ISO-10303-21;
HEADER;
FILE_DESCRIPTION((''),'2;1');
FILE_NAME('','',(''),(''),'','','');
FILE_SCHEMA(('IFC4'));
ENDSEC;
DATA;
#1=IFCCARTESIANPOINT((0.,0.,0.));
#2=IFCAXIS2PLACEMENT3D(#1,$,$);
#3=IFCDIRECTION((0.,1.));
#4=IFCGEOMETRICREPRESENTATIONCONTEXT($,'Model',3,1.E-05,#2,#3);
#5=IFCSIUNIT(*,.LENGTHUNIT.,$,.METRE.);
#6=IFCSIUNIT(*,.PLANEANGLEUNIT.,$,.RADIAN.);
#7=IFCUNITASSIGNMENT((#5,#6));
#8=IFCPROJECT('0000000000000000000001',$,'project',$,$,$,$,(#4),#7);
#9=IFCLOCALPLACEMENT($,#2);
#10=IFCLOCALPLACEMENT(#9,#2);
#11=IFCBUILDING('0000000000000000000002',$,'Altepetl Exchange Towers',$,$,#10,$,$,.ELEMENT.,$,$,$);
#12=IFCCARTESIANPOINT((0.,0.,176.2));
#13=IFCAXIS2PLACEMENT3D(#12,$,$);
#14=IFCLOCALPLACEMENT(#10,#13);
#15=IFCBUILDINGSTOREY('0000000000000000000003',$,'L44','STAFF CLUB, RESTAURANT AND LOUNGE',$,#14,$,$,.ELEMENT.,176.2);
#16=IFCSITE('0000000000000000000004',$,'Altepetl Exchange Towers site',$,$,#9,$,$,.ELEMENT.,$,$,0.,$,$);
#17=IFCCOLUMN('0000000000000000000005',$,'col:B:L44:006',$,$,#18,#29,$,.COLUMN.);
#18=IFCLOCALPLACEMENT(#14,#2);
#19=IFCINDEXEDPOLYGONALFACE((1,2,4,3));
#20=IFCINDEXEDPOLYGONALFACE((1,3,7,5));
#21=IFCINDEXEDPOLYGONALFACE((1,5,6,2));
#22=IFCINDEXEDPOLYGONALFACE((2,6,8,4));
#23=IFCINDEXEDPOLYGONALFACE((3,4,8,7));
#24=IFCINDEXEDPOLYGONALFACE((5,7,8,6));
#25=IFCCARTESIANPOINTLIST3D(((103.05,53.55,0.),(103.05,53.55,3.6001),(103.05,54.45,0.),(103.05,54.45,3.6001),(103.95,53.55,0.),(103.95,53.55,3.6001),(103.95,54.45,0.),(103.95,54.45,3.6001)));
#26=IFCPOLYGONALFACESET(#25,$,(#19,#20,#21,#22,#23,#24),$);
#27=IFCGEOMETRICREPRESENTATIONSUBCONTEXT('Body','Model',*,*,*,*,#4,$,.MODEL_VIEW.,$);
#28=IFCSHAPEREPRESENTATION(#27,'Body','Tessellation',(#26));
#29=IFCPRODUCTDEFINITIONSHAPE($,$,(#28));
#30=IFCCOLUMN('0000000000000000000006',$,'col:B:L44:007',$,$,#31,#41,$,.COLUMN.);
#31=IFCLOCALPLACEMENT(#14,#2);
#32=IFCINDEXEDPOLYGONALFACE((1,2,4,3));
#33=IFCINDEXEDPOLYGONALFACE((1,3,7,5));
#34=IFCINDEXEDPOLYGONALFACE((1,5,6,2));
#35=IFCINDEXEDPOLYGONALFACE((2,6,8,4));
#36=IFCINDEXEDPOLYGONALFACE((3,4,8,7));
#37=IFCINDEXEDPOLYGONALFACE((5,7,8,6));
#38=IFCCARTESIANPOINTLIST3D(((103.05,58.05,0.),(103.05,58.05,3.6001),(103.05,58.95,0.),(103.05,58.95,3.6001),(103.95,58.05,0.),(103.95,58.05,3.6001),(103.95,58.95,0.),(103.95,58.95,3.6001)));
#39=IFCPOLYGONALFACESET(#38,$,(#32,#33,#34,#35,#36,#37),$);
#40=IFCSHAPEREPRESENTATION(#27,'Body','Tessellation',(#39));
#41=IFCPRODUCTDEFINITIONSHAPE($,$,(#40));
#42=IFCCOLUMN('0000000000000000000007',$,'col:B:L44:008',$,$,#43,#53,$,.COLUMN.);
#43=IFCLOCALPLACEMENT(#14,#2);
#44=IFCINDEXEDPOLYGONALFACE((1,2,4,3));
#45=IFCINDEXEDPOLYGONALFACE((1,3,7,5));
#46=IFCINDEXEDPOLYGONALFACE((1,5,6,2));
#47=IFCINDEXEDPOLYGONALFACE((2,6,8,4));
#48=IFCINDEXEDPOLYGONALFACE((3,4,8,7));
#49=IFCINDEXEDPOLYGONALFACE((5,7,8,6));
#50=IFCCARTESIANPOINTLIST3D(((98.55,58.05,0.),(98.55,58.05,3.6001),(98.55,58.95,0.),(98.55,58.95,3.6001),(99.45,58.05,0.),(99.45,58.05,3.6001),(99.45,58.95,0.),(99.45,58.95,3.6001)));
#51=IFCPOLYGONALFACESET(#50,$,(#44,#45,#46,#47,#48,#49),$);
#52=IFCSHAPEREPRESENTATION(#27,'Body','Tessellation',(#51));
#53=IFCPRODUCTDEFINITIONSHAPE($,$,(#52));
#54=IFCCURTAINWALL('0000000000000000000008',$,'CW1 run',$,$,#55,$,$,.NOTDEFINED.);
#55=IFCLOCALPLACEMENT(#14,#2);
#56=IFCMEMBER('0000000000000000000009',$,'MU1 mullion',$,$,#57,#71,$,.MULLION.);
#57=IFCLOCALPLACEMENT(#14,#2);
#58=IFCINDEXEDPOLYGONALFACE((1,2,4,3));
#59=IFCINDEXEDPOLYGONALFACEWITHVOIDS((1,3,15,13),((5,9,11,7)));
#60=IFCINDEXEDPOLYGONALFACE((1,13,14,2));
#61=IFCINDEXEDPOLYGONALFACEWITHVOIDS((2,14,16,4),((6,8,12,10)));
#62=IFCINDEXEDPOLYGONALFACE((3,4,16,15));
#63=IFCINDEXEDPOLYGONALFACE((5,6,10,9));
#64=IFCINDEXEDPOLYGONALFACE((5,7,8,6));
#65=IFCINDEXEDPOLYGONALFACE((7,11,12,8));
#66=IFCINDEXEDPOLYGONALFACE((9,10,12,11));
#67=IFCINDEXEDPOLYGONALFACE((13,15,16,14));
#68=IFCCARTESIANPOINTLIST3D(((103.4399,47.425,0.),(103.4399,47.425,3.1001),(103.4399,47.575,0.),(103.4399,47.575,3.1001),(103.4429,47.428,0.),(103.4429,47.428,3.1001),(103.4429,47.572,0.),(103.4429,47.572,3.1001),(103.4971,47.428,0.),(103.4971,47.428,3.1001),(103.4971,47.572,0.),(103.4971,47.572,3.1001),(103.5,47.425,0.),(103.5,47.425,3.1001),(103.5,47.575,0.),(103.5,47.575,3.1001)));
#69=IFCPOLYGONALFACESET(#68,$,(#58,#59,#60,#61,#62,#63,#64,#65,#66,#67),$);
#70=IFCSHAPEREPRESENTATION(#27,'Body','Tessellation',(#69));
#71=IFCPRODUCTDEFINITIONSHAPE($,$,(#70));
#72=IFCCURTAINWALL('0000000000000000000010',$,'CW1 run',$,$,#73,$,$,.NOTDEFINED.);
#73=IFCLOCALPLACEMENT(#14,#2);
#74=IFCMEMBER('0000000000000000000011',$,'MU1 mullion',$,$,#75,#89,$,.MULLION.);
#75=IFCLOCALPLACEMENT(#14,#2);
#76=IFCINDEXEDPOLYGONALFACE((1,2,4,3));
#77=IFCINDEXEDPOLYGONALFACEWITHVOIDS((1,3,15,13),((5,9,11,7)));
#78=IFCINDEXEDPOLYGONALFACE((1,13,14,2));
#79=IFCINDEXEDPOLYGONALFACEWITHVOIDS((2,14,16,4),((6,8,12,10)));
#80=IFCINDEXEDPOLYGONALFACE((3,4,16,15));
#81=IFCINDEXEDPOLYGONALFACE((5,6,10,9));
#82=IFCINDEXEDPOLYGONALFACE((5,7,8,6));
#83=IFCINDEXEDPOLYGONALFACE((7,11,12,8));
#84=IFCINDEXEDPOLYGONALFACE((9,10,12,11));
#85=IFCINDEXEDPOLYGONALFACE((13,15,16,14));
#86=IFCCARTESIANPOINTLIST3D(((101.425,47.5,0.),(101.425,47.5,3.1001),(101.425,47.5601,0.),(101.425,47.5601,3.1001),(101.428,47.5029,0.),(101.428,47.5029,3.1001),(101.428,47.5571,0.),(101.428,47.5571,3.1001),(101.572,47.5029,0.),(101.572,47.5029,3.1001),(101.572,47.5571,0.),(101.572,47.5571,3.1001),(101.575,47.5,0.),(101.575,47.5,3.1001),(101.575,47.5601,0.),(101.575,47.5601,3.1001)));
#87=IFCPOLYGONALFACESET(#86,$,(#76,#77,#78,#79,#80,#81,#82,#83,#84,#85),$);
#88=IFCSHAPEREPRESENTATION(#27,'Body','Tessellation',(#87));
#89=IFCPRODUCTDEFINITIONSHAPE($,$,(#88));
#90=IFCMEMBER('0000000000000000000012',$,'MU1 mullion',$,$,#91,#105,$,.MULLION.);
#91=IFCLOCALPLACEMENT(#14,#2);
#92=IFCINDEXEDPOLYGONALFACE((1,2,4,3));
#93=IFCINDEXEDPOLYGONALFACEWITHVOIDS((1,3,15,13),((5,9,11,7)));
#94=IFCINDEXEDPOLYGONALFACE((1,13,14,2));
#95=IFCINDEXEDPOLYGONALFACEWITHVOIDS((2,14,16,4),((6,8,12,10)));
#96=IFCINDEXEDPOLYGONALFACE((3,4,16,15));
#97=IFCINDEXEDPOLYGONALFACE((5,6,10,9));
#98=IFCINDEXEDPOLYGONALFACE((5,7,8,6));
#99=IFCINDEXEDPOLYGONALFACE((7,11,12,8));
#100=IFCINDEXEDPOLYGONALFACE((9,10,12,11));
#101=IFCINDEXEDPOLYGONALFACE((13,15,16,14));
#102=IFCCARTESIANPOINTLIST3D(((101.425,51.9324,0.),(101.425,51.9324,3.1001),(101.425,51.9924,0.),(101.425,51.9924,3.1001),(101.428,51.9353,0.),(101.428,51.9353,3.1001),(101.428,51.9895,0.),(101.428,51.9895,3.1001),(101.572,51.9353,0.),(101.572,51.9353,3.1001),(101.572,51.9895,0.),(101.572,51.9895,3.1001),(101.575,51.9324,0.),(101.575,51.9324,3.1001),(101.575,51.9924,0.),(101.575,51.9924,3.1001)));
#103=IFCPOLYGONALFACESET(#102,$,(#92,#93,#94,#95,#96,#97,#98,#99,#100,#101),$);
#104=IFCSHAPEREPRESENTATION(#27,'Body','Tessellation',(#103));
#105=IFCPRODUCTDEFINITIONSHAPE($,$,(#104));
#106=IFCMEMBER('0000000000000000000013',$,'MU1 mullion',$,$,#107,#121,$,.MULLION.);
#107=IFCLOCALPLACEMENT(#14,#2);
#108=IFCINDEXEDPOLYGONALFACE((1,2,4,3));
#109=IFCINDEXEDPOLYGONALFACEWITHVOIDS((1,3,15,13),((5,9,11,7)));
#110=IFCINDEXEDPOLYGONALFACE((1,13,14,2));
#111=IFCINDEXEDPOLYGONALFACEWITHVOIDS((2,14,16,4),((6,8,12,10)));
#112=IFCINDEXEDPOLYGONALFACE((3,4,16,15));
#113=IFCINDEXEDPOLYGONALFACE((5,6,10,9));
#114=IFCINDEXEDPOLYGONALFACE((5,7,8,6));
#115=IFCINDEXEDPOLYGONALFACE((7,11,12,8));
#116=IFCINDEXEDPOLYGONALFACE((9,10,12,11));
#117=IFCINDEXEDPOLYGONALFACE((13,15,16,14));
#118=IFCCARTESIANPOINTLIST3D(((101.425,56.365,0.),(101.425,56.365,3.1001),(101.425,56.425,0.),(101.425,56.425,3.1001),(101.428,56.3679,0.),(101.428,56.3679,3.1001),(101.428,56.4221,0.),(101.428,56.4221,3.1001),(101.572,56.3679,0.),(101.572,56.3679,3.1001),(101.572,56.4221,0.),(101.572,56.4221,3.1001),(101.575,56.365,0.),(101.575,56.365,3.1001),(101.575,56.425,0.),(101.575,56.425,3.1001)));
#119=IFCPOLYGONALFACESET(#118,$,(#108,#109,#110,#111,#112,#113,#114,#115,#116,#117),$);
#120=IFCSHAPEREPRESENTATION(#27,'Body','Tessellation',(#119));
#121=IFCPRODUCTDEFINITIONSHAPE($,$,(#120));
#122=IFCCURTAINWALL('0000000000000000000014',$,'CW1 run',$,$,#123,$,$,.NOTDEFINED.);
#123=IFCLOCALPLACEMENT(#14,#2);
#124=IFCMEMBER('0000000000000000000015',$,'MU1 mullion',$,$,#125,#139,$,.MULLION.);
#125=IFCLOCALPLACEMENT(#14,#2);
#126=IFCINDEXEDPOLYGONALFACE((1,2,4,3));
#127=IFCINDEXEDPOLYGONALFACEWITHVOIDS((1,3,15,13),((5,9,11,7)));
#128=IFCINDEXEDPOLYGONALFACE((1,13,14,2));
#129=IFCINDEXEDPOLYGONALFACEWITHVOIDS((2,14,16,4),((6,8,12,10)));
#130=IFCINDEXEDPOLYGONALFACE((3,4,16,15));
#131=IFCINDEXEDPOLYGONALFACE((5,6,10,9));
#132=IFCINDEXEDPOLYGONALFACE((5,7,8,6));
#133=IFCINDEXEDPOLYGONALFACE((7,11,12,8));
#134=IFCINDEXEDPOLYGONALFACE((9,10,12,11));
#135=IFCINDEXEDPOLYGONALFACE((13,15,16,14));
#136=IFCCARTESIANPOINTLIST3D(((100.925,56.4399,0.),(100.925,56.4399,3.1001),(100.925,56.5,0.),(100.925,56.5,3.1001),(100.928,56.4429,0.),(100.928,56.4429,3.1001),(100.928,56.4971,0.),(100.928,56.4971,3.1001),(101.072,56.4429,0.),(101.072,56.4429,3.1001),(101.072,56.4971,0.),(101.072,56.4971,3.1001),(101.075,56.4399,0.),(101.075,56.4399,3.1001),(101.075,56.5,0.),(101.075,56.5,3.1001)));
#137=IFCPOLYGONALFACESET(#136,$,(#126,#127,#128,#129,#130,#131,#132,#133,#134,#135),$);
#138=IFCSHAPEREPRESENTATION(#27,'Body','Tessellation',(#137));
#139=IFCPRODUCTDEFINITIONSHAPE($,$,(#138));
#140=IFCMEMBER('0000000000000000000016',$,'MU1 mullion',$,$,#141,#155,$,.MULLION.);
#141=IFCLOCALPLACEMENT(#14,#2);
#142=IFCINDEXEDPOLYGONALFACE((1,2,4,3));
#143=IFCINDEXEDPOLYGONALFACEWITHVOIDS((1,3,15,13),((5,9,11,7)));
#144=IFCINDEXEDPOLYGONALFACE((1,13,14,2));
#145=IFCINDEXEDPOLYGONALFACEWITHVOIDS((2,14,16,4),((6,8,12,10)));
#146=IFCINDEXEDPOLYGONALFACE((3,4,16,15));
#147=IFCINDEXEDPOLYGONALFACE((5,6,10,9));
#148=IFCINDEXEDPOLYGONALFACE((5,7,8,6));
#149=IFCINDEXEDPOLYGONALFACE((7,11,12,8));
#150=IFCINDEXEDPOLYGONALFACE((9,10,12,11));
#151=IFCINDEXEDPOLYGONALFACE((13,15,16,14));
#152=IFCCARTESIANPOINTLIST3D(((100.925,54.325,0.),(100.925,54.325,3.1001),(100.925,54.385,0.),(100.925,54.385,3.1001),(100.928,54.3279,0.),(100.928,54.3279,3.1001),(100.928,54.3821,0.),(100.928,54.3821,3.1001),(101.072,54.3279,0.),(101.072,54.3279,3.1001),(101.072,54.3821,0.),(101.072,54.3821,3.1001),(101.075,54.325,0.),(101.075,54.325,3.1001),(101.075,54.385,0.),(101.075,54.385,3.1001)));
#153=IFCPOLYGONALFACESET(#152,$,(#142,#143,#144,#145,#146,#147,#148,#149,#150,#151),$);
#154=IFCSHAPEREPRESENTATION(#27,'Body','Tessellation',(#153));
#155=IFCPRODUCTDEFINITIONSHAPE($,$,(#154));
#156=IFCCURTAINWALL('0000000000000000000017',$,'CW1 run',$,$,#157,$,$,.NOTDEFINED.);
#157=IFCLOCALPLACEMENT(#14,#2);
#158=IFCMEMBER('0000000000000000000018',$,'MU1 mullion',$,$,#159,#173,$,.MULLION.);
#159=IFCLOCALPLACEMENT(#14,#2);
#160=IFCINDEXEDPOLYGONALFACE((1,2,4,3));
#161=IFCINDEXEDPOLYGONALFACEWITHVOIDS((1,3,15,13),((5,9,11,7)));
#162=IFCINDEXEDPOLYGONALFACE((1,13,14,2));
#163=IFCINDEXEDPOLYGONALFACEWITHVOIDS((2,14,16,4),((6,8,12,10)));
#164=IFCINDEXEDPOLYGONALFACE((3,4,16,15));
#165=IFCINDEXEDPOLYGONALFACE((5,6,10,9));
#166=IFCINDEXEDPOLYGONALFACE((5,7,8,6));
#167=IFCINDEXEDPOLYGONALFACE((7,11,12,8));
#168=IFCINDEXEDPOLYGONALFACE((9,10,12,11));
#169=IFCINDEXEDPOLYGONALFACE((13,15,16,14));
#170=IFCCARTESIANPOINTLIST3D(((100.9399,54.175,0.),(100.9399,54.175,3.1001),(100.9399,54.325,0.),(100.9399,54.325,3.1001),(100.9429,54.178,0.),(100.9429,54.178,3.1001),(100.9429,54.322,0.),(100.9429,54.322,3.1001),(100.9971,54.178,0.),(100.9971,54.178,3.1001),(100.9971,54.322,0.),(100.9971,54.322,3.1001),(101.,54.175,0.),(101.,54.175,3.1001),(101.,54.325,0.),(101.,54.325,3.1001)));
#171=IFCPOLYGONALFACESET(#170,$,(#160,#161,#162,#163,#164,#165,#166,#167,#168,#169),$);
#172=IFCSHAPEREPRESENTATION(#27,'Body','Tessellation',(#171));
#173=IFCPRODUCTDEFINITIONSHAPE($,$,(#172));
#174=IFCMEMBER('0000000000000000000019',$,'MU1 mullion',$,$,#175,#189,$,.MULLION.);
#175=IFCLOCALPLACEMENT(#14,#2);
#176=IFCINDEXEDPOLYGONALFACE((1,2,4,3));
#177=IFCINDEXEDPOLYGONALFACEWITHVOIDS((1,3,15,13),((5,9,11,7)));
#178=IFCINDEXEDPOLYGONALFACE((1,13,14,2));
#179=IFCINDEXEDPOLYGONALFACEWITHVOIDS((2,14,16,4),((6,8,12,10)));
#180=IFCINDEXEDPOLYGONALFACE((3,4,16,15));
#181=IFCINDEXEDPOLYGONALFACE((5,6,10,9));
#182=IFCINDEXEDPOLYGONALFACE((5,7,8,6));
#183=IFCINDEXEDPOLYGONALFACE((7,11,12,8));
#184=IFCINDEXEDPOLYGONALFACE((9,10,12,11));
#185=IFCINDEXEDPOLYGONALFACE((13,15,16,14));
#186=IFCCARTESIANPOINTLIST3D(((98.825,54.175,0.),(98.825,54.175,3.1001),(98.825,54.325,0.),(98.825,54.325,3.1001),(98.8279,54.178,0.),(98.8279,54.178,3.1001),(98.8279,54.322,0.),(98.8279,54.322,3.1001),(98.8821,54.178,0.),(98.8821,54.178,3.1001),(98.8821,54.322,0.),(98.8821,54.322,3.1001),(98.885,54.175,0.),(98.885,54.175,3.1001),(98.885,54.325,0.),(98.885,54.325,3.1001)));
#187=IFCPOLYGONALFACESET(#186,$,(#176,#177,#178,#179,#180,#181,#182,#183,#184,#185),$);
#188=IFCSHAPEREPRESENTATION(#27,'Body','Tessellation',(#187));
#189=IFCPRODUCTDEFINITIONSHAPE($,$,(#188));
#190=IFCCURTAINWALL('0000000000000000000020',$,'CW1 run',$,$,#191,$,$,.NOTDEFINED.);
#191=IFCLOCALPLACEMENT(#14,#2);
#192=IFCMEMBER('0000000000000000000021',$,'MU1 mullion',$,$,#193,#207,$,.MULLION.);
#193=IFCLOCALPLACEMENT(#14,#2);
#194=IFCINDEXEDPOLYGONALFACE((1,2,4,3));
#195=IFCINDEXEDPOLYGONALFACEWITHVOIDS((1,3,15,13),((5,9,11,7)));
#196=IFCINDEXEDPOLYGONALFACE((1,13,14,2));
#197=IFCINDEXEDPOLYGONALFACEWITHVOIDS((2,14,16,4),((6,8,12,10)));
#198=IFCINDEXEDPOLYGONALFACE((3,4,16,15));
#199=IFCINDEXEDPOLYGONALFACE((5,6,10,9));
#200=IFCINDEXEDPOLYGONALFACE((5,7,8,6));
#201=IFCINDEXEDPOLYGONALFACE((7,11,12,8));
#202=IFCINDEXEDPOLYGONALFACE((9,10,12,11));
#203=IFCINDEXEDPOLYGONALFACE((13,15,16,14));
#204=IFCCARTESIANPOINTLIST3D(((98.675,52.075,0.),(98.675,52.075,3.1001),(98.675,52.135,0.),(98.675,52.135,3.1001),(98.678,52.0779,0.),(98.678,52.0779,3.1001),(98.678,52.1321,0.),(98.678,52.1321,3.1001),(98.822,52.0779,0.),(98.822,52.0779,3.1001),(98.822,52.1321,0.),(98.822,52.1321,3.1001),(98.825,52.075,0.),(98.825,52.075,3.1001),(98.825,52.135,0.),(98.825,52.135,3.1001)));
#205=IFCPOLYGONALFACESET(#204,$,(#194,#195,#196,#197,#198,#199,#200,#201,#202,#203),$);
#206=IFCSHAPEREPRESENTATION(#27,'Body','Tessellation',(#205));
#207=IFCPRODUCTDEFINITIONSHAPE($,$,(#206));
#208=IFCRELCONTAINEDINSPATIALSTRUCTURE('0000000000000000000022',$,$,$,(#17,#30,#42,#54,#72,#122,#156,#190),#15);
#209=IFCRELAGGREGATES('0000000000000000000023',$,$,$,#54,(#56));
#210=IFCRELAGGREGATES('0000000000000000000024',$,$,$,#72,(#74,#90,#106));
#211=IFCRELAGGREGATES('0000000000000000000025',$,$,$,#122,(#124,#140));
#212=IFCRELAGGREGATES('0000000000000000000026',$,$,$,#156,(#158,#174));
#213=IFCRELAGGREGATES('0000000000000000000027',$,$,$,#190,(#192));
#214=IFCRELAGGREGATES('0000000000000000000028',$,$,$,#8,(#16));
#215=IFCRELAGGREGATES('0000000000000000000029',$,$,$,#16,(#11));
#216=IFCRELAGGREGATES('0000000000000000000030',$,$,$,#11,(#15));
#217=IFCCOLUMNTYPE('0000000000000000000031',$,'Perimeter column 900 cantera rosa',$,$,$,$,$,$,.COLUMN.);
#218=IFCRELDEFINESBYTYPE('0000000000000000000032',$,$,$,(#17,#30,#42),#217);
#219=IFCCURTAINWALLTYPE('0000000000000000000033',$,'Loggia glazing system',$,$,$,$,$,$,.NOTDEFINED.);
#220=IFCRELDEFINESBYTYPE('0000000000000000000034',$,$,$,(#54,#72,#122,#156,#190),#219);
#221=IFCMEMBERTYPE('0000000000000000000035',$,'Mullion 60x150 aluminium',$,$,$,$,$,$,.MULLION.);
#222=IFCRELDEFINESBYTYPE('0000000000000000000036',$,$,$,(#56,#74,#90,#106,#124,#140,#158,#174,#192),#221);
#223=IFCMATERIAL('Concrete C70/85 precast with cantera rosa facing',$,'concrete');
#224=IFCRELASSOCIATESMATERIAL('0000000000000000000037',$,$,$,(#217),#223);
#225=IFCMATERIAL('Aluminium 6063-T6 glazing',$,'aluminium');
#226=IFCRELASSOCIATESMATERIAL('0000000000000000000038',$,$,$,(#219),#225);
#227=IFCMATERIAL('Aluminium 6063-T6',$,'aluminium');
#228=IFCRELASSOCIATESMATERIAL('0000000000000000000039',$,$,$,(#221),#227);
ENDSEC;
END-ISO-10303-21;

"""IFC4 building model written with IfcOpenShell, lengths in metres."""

from ifc_helpers import new_model, si_unit, direction, frame, origin, origin_2d, place, context, subcontext, project, spatial, rectangle, hollow_rectangle, extrude, material, material_profile, profile_set, type_object, element, aggregate, save


model = new_model("IFC4")

# Units and contexts
model_context = context("Model", 3, precision=1e-05, world=origin(), true_north=direction((0.0, 1.0)))
body_context = subcontext(model_context, "Body", "Model", "MODEL_VIEW")
ifc_project = project(units=[si_unit("LENGTHUNIT", "METRE"), si_unit("PLANEANGLEUNIT", "RADIAN")], contexts=[model_context])

# Site, building, storey
site_placement = place(None, origin())
site = spatial("IfcSite", under=ifc_project, at=site_placement, Name="Altepetl Exchange Towers site", CompositionType="ELEMENT", RefElevation=0.0)
building_placement = place(site_placement, origin())
building = spatial("IfcBuilding", under=site, at=building_placement, Name="Altepetl Exchange Towers", CompositionType="ELEMENT")
storey_placement = place(building_placement, frame((0.0, 0.0, 176.2)))
storey = spatial("IfcBuildingStorey", under=building, at=storey_placement, Name="L44", Description="STAFF CLUB, RESTAURANT AND LOUNGE", CompositionType="ELEMENT", Elevation=176.2)

# Columns
ifc_material_1 = material(Name="Concrete C70/85 precast with cantera rosa facing", Category="concrete")
ifc_material_profile_1 = material_profile(ifc_material_1, rectangle(XDim=0.8999, YDim=0.8999, at=origin_2d()), Name="900 x 900")
ifc_profile_set_1 = profile_set([ifc_material_profile_1], Name="Concrete C70/85 precast with cantera rosa facing")
column_type = type_object("IfcColumnType", Name="Perimeter column 900 cantera rosa", PredefinedType="COLUMN", material=ifc_profile_set_1)
for number, where, name in (
    (1, (103.5, 54.0, 0.0), "col:B:L44:006"),
    (2, (103.5, 58.5, 0.0), "col:B:L44:007"),
    (3, (99.0, 58.5, 0.0), "col:B:L44:008"),
):
    element("IfcColumn", number, at=place(storey_placement, frame(where)), inside=storey, type_object=column_type, Name=name, PredefinedType="COLUMN", context=body_context, shape_type="SweptSolid", body=[
        extrude(rectangle(XDim=0.8999, YDim=0.8999, at=origin_2d()), origin(), (0.0, 0.0, 1.0), 3.6001),
    ])

# Curtain wall, member
ifc_material_2 = material(Name="Aluminium 6063-T6 glazing", Category="aluminium")
curtain_wall_type = type_object("IfcCurtainWallType", Name="Loggia glazing system", PredefinedType="NOTDEFINED", material=ifc_material_2)
curtain_wall_1_placement = place(storey_placement, origin())
curtain_wall_1 = element("IfcCurtainWall", 4, at=curtain_wall_1_placement, inside=storey, type_object=curtain_wall_type, Name="CW1 run", PredefinedType="NOTDEFINED")
ifc_material_3 = material(Name="Aluminium 6063-T6", Category="aluminium")
ifc_material_profile_2 = material_profile(ifc_material_3, hollow_rectangle(XDim=0.0601, YDim=0.1499, WallThickness=0.0029, at=origin_2d()), Name="Mullion 60x150 aluminium")
ifc_profile_set_2 = profile_set([ifc_material_profile_2], Name="Aluminium 6063-T6")
member_type = type_object("IfcMemberType", Name="Mullion 60x150 aluminium", PredefinedType="MULLION", material=ifc_profile_set_2)
member_1_placement = place(storey_placement, frame((103.47, 47.5, 0.0), z_axis=(0.0, 0.0, 1.0), x_axis=(-1.0, 0.0, 0.0)))
member_1 = element("IfcMember", 5, at=member_1_placement, type_object=member_type, Name="MU1 mullion", PredefinedType="MULLION", context=body_context, shape_type="SweptSolid", body=[
    extrude(hollow_rectangle(XDim=0.0601, YDim=0.1499, WallThickness=0.0029, at=origin_2d()), origin(), (0.0, 0.0, 1.0), 3.1001),
])
aggregate(curtain_wall_1, [member_1])

# Curtain walls, members
curtain_wall_2_placement = place(storey_placement, origin())
curtain_wall_2 = element("IfcCurtainWall", 6, at=curtain_wall_2_placement, inside=storey, type_object=curtain_wall_type, Name="CW1 run", PredefinedType="NOTDEFINED")
member_2_placement = place(storey_placement, frame((101.5, 47.53, 0.0), z_axis=(0.0, 0.0, 1.0), x_axis=(0.0, 1.0, 0.0)))
member_2 = element("IfcMember", 7, at=member_2_placement, type_object=member_type, Name="MU1 mullion", PredefinedType="MULLION", context=body_context, shape_type="SweptSolid", body=[
    extrude(hollow_rectangle(XDim=0.0601, YDim=0.1499, WallThickness=0.0029, at=origin_2d()), origin(), (0.0, 0.0, 1.0), 3.1001),
])
member_3_placement = place(storey_placement, frame((101.5, 51.9624, 0.0), z_axis=(0.0, 0.0, 1.0), x_axis=(0.0, 1.0, 0.0)))
member_3 = element("IfcMember", 8, at=member_3_placement, type_object=member_type, Name="MU1 mullion", PredefinedType="MULLION", context=body_context, shape_type="SweptSolid", body=[
    extrude(hollow_rectangle(XDim=0.0601, YDim=0.1499, WallThickness=0.0029, at=origin_2d()), origin(), (0.0, 0.0, 1.0), 3.1001),
])
member_4_placement = place(storey_placement, frame((101.5, 56.395, 0.0), z_axis=(0.0, 0.0, 1.0), x_axis=(0.0, 1.0, 0.0)))
member_4 = element("IfcMember", 9, at=member_4_placement, type_object=member_type, Name="MU1 mullion", PredefinedType="MULLION", context=body_context, shape_type="SweptSolid", body=[
    extrude(hollow_rectangle(XDim=0.0601, YDim=0.1499, WallThickness=0.0029, at=origin_2d()), origin(), (0.0, 0.0, 1.0), 3.1001),
])
curtain_wall_3_placement = place(storey_placement, origin())
curtain_wall_3 = element("IfcCurtainWall", 10, at=curtain_wall_3_placement, inside=storey, type_object=curtain_wall_type, Name="CW1 run", PredefinedType="NOTDEFINED")
member_5_placement = place(storey_placement, frame((101.0, 56.47, 0.0), z_axis=(0.0, 0.0, 1.0), x_axis=(0.0, -1.0, 0.0)))
member_5 = element("IfcMember", 11, at=member_5_placement, type_object=member_type, Name="MU1 mullion", PredefinedType="MULLION", context=body_context, shape_type="SweptSolid", body=[
    extrude(hollow_rectangle(XDim=0.0601, YDim=0.1499, WallThickness=0.0029, at=origin_2d()), origin(), (0.0, 0.0, 1.0), 3.1001),
])
member_6_placement = place(storey_placement, frame((101.0, 54.355, 0.0), z_axis=(0.0, 0.0, 1.0), x_axis=(0.0, -1.0, 0.0)))
member_6 = element("IfcMember", 12, at=member_6_placement, type_object=member_type, Name="MU1 mullion", PredefinedType="MULLION", context=body_context, shape_type="SweptSolid", body=[
    extrude(hollow_rectangle(XDim=0.0601, YDim=0.1499, WallThickness=0.0029, at=origin_2d()), origin(), (0.0, 0.0, 1.0), 3.1001),
])
curtain_wall_4_placement = place(storey_placement, origin())
curtain_wall_4 = element("IfcCurtainWall", 13, at=curtain_wall_4_placement, inside=storey, type_object=curtain_wall_type, Name="CW1 run", PredefinedType="NOTDEFINED")
member_7_placement = place(storey_placement, frame((100.97, 54.25, 0.0), z_axis=(0.0, 0.0, 1.0), x_axis=(-1.0, 0.0, 0.0)))
member_7 = element("IfcMember", 14, at=member_7_placement, type_object=member_type, Name="MU1 mullion", PredefinedType="MULLION", context=body_context, shape_type="SweptSolid", body=[
    extrude(hollow_rectangle(XDim=0.0601, YDim=0.1499, WallThickness=0.0029, at=origin_2d()), origin(), (0.0, 0.0, 1.0), 3.1001),
])
member_8_placement = place(storey_placement, frame((98.855, 54.25, 0.0), z_axis=(0.0, 0.0, 1.0), x_axis=(-1.0, 0.0, 0.0)))
member_8 = element("IfcMember", 15, at=member_8_placement, type_object=member_type, Name="MU1 mullion", PredefinedType="MULLION", context=body_context, shape_type="SweptSolid", body=[
    extrude(hollow_rectangle(XDim=0.0601, YDim=0.1499, WallThickness=0.0029, at=origin_2d()), origin(), (0.0, 0.0, 1.0), 3.1001),
])

# Curtain wall, member
curtain_wall_5_placement = place(storey_placement, origin())
curtain_wall_5 = element("IfcCurtainWall", 16, at=curtain_wall_5_placement, inside=storey, type_object=curtain_wall_type, Name="CW1 run", PredefinedType="NOTDEFINED")
member_9_placement = place(storey_placement, frame((98.75, 52.105, 0.0), z_axis=(0.0, 0.0, 1.0), x_axis=(0.0, -1.0, 0.0)))
member_9 = element("IfcMember", 17, at=member_9_placement, type_object=member_type, Name="MU1 mullion", PredefinedType="MULLION", context=body_context, shape_type="SweptSolid", body=[
    extrude(hollow_rectangle(XDim=0.0601, YDim=0.1499, WallThickness=0.0029, at=origin_2d()), origin(), (0.0, 0.0, 1.0), 3.1001),
])

aggregate(curtain_wall_2, [member_2, member_3, member_4])
aggregate(curtain_wall_3, [member_5, member_6])
aggregate(curtain_wall_4, [member_7, member_8])
aggregate(curtain_wall_5, [member_9])

save(model, "model.ifc")
